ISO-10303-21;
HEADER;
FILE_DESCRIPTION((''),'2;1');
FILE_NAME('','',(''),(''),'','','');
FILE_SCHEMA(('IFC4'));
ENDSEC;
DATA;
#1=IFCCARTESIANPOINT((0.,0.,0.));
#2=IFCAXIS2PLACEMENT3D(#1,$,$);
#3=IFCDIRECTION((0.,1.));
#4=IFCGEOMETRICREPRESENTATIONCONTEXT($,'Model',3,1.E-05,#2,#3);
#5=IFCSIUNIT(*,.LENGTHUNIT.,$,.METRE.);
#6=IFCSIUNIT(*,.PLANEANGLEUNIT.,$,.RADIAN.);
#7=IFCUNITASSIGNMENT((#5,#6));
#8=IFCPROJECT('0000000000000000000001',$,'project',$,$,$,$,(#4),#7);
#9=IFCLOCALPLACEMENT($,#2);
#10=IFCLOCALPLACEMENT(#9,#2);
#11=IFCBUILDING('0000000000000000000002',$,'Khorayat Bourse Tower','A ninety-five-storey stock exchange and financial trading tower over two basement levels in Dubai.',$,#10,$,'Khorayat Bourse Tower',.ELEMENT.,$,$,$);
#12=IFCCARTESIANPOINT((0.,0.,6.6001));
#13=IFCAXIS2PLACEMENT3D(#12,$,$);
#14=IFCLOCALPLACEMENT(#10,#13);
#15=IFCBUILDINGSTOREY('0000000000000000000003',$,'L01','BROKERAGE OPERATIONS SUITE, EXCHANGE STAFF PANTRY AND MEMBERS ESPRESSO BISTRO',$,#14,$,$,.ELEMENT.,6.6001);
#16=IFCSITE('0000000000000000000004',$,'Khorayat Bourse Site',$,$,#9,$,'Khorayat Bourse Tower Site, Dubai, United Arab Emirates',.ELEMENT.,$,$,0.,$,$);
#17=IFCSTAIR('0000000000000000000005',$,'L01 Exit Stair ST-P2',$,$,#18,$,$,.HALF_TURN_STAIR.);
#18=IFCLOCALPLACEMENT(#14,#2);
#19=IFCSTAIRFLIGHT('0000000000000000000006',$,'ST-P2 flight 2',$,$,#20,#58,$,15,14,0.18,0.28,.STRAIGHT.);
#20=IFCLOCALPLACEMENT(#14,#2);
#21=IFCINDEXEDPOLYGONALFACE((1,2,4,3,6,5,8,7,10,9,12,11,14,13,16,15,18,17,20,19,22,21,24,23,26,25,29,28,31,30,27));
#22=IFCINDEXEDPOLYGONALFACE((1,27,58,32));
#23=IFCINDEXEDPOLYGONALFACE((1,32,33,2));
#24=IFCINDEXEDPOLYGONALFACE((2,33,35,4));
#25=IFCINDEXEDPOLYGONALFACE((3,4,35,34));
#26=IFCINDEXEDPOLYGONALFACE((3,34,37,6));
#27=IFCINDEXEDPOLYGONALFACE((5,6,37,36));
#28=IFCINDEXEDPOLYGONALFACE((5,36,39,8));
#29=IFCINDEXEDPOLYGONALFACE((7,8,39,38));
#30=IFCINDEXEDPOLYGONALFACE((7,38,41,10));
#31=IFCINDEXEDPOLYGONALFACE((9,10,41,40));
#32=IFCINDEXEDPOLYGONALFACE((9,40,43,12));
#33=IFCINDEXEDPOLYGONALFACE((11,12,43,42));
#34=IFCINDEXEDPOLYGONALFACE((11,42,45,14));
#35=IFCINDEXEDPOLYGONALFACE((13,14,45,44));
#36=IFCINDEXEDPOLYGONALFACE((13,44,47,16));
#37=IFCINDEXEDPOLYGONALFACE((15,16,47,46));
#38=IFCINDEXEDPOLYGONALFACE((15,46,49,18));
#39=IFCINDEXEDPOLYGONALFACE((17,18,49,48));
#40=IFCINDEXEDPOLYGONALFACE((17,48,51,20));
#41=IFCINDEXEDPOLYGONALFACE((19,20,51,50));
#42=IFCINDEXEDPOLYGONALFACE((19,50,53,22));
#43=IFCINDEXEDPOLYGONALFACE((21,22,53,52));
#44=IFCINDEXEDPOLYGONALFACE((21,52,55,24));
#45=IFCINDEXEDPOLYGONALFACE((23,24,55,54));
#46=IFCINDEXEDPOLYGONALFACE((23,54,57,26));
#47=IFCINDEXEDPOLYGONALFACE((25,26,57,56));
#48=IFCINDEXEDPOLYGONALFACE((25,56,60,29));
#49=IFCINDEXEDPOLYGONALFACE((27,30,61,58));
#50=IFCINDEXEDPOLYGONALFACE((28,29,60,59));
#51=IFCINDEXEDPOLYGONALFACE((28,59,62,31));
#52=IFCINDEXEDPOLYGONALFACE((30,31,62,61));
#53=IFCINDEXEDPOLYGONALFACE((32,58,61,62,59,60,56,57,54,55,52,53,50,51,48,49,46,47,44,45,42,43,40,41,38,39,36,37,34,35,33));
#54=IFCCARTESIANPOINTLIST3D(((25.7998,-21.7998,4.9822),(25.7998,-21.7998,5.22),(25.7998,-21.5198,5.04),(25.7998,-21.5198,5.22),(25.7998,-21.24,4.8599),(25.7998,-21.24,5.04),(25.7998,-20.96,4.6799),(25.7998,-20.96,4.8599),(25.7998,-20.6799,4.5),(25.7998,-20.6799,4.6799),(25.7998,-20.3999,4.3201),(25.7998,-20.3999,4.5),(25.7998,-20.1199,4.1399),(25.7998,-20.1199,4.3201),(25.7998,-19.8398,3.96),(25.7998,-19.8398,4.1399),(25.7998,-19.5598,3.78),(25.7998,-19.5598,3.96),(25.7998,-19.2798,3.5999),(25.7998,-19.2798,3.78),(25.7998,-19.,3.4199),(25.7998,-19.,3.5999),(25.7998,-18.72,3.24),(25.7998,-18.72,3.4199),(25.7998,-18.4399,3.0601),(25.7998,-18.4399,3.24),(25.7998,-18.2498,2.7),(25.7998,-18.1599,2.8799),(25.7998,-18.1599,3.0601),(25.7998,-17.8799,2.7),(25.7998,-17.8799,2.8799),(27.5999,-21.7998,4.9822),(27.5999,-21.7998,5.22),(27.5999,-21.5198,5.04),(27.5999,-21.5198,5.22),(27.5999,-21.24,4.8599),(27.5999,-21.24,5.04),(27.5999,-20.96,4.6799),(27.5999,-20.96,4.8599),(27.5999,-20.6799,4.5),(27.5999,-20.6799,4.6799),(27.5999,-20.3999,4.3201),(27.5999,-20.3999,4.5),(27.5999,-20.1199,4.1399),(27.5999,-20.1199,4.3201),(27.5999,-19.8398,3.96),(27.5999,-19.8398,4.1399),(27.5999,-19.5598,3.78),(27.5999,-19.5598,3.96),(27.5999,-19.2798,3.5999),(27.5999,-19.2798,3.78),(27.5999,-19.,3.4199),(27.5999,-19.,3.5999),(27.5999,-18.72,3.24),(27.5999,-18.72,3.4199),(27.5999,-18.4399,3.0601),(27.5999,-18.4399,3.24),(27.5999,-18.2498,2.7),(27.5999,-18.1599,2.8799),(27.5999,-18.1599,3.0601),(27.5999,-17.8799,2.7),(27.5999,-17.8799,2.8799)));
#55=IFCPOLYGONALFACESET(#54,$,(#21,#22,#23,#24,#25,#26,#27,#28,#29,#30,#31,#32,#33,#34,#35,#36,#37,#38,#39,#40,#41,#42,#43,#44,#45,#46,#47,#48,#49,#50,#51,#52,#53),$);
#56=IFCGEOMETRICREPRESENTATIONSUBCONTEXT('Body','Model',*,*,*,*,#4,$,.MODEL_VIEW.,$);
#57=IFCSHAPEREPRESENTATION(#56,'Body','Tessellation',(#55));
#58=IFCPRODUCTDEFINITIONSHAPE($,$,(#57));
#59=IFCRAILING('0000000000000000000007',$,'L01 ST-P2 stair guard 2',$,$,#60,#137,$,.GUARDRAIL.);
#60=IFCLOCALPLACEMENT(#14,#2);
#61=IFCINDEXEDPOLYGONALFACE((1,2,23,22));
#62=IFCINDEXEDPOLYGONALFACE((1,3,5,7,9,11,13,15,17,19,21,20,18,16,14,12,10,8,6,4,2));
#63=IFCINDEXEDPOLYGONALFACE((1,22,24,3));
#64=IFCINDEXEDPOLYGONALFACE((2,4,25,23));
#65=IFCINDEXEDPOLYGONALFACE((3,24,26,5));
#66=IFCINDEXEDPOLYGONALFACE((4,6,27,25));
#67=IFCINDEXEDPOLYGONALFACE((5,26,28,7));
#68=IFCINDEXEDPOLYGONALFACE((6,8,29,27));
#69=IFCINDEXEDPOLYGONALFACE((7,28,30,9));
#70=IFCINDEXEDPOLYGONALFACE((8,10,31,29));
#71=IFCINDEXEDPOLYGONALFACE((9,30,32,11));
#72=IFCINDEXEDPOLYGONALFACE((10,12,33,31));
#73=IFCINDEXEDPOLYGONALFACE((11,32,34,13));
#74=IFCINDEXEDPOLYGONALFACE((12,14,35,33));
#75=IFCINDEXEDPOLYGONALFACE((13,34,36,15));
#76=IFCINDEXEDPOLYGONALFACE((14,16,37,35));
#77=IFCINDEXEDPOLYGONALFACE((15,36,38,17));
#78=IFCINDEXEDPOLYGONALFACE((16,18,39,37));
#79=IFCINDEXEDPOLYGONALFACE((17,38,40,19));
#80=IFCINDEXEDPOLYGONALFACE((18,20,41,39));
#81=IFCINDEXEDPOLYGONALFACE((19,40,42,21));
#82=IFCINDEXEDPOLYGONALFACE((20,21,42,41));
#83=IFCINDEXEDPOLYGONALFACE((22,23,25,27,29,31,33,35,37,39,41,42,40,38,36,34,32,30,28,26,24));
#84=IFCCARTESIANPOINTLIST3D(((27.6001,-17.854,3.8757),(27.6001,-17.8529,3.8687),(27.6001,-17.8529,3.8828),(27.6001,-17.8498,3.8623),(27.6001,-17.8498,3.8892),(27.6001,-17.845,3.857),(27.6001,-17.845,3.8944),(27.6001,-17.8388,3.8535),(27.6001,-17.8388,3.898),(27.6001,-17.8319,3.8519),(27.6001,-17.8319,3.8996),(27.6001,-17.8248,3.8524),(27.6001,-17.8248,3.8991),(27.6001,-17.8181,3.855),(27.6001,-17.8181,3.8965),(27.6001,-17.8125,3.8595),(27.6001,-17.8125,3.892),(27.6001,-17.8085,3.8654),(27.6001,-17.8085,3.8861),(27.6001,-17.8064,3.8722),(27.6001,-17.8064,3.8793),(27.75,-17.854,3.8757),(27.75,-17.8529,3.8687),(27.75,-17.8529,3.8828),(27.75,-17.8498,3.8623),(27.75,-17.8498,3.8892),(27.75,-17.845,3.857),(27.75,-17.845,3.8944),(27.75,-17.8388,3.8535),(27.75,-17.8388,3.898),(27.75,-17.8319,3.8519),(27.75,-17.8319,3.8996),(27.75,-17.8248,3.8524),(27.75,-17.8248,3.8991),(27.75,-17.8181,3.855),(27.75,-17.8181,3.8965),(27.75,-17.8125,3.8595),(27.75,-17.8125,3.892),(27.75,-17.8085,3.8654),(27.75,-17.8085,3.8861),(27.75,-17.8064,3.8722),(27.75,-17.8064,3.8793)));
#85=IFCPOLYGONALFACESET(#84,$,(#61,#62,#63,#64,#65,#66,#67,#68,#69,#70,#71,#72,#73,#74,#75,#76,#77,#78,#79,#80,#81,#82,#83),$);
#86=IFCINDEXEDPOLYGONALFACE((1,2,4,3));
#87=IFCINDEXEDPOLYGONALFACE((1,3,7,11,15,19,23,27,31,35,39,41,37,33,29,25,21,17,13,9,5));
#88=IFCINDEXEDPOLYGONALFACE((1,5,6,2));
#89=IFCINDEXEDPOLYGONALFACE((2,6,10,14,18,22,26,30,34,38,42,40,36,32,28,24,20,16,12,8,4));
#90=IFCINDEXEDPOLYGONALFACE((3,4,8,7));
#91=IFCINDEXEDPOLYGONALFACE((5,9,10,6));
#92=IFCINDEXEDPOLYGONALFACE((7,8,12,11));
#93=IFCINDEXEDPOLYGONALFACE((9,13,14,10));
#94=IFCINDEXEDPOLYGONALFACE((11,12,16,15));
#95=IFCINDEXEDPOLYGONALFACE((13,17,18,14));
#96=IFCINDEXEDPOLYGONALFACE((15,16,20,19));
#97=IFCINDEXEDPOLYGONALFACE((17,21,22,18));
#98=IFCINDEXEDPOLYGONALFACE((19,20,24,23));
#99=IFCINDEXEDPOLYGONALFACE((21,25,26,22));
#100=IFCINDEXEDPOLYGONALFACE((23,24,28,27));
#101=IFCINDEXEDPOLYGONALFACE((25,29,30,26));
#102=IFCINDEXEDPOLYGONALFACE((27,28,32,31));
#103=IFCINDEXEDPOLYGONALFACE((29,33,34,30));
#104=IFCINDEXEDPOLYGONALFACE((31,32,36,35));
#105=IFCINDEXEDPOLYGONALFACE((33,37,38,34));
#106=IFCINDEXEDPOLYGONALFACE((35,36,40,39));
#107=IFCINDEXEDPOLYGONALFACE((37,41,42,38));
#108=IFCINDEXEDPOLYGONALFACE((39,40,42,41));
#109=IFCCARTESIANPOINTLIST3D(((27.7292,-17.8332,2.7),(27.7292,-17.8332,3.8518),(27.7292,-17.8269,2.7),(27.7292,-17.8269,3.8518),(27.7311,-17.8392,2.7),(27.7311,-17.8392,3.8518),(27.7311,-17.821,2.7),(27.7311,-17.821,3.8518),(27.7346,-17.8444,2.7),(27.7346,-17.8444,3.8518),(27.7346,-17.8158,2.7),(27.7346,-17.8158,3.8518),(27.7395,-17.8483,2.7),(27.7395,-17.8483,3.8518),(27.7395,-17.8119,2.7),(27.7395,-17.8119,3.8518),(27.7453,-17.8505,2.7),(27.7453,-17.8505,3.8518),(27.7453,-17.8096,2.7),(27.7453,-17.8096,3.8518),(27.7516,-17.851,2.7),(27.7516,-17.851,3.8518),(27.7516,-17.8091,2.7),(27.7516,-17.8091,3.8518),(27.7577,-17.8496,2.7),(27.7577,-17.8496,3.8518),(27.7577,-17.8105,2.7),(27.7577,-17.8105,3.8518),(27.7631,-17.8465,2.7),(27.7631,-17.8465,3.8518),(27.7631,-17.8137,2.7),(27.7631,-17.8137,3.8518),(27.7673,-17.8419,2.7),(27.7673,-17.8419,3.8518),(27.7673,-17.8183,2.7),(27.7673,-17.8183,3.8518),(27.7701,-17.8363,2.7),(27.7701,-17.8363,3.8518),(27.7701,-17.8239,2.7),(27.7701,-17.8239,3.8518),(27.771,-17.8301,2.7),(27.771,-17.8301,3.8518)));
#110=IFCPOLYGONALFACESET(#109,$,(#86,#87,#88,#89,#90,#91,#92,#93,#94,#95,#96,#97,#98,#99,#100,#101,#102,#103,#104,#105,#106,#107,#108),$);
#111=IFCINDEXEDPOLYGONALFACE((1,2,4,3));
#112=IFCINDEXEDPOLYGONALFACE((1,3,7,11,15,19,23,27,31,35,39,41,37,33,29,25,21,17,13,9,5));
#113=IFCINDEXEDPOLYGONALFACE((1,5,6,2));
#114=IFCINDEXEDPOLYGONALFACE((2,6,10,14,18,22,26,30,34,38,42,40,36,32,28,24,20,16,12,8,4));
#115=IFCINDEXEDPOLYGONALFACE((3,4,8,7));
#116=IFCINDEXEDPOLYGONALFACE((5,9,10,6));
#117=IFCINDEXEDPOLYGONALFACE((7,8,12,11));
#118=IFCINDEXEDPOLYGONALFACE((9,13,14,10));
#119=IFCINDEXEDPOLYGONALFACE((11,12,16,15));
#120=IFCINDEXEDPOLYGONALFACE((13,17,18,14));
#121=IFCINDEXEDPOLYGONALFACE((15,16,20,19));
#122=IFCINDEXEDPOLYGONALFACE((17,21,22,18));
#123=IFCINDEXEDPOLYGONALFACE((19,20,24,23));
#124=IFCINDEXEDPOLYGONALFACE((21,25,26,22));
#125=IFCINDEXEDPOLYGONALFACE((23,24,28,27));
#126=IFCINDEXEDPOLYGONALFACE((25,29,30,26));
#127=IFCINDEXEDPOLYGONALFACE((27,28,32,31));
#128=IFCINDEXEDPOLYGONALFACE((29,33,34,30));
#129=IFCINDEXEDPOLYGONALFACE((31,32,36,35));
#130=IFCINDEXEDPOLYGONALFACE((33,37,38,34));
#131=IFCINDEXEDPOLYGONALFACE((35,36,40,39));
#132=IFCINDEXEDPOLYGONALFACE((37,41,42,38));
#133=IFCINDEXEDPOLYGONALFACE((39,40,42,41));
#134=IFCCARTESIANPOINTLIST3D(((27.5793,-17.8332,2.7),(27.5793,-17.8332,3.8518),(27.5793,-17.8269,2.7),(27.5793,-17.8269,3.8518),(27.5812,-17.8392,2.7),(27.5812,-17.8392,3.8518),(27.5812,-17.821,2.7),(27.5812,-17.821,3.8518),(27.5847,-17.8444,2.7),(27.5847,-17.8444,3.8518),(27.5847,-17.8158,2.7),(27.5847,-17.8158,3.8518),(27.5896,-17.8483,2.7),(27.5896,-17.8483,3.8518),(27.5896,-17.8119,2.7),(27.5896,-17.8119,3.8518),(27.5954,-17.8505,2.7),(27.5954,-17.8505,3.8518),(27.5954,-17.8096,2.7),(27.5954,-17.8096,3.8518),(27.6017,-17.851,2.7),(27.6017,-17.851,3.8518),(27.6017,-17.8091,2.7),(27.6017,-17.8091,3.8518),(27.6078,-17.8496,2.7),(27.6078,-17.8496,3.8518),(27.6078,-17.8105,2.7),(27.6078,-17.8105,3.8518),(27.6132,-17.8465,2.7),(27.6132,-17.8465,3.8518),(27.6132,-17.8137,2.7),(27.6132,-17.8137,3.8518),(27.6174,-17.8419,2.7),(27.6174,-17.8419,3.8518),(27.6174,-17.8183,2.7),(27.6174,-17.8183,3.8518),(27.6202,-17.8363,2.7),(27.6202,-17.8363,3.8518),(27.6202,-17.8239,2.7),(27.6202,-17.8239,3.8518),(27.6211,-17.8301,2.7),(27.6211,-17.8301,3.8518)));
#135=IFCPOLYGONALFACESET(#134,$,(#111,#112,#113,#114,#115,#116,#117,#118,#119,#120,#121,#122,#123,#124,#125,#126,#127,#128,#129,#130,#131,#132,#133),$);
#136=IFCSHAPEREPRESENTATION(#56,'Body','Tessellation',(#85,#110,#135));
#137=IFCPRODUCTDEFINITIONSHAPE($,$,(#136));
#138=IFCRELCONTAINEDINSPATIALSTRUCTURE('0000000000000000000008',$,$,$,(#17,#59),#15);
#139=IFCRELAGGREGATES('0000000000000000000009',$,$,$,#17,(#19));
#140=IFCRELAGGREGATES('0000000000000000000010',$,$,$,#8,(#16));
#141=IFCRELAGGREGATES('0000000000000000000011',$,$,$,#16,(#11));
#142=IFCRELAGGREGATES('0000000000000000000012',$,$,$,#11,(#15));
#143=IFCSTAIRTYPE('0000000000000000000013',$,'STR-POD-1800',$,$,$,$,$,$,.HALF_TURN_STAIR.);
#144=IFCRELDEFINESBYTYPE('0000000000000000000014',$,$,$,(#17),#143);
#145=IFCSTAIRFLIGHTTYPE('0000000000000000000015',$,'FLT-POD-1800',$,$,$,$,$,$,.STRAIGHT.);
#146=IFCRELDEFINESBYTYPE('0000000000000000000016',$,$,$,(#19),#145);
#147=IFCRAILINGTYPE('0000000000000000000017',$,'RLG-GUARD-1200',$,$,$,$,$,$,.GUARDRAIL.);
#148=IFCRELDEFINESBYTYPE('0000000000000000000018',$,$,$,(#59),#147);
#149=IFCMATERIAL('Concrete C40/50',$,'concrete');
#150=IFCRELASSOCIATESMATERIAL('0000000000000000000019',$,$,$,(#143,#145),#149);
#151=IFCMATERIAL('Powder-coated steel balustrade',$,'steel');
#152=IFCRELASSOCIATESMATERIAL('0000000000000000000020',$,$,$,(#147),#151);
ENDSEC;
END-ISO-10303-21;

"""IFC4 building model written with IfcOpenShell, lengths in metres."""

from ifc_helpers import new_model, si_unit, direction, frame, origin, origin_2d, place, context, subcontext, project, spatial, polyline, circle, outline, extrude, source, transform, mapped, material, type_object, element, aggregate, save


model = new_model("IFC4")

# Units and contexts
model_context = context("Model", 3, precision=1e-05, world=origin(), true_north=direction((0.0, 1.0)))
body_context = subcontext(model_context, "Body", "Model", "MODEL_VIEW")
ifc_project = project(units=[si_unit("LENGTHUNIT", "METRE"), si_unit("PLANEANGLEUNIT", "RADIAN")], contexts=[model_context])

# Site, building, storey
site_placement = place(None, origin())
site = spatial("IfcSite", under=ifc_project, at=site_placement, Name="Khorayat Bourse Site", LongName="Khorayat Bourse Tower Site, Dubai, United Arab Emirates", CompositionType="ELEMENT", RefElevation=0.0)
building_placement = place(site_placement, origin())
building = spatial("IfcBuilding", under=site, at=building_placement, Name="Khorayat Bourse Tower", Description="A ninety-five-storey stock exchange and financial trading tower over two basement levels in Dubai.", LongName="Khorayat Bourse Tower", CompositionType="ELEMENT")
storey_placement = place(building_placement, frame((0.0, 0.0, 6.6001)))
storey = spatial("IfcBuildingStorey", under=building, at=storey_placement, Name="L01", Description="BROKERAGE OPERATIONS SUITE, EXCHANGE STAFF PANTRY AND MEMBERS ESPRESSO BISTRO", CompositionType="ELEMENT", Elevation=6.6001)

# Stair, stair flight
ifc_material_1 = material(Name="Concrete C40/50", Category="concrete")
stair_type = type_object("IfcStairType", Name="STR-POD-1800", PredefinedType="HALF_TURN_STAIR", material=ifc_material_1)
stair_placement = place(storey_placement, origin())
stair = element("IfcStair", 1, at=stair_placement, inside=storey, type_object=stair_type, Name="L01 Exit Stair ST-P2", PredefinedType="HALF_TURN_STAIR")
stair_flight_type = type_object("IfcStairFlightType", Name="FLT-POD-1800", PredefinedType="STRAIGHT", material=ifc_material_1)
shared_shape_1 = source(origin(), body_context, "Body", "SweptSolid", [
    extrude(outline(polyline([(0.0, 0.0), (0.0, 0.1799), (0.28, 0.1799), (0.28, 0.3601), (0.5601, 0.3601), (0.5601, 0.54), (0.8401, 0.54), (0.8401, 0.72), (1.1201, 0.72), (1.1201, 0.8999), (1.3999, 0.8999), (1.3999, 1.0801), (1.6799, 1.0801), (1.6799, 1.26), (1.96, 1.26), (1.96, 1.4399), (2.24, 1.4399), (2.24, 1.6201), (2.52, 1.6201), (2.52, 1.8), (2.8, 1.8), (2.8, 1.98), (3.0801, 1.98), (3.0801, 2.1599), (3.3601, 2.1599), (3.3601, 2.3401), (3.6399, 2.3401), (3.6399, 2.52), (3.9199, 2.52), (3.9199, 2.7), (3.9199, 2.2822), (0.3699, 0.0), (0.0, 0.0)])), frame((0.0, 0.8999, 0.0), z_axis=(0.0, -1.0, 0.0), x_axis=(1.0, 0.0, 0.0)), (0.0, 0.0, 1.0), 1.8),
])
stair_flight_placement = place(storey_placement, frame((26.7, -17.8799, 2.7), z_axis=(0.0, 0.0, 1.0), x_axis=(0.0, -1.0, 0.0)))
stair_flight = element("IfcStairFlight", 2, at=stair_flight_placement, type_object=stair_flight_type, Name="ST-P2 flight 2", NumberOfRisers=15, NumberOfTreads=14, PredefinedType="STRAIGHT", RiserHeight=0.18, TreadLength=0.28, context=body_context, shape_type="MappedRepresentation", body=[
    mapped(shared_shape_1, transform((0.0, 0.0, 0.0), scale=1.0)),
])
aggregate(stair, [stair_flight])

# Railing
ifc_material_2 = material(Name="Powder-coated steel balustrade", Category="steel")
railing_type_1 = type_object("IfcRailingType", Name="RLG-GUARD-1200", PredefinedType="GUARDRAIL", material=ifc_material_2)
shared_shape_2 = source(origin(), body_context, "Body", "SweptSolid", [
    extrude(circle(Radius=0.0239, at=origin_2d()), frame((0.0, 0.0, 1.1758), z_axis=(-1.0, 0.0, 0.0), x_axis=(0.0, -1.0, 0.0)), (0.0, 0.0, 1.0), 0.1499),
    extrude(circle(Radius=0.021, at=origin_2d()), origin(), (0.0, 0.0, 1.0), 1.1519),
    extrude(circle(Radius=0.021, at=origin_2d()), frame((-0.1499, 0.0, 0.0)), (0.0, 0.0, 1.0), 1.1519),
])
railing_1_placement = place(storey_placement, frame((27.75, -17.8301, 2.7)))
element("IfcRailing", 3, at=railing_1_placement, inside=storey, type_object=railing_type_1, Name="L01 ST-P2 stair guard 2", PredefinedType="GUARDRAIL", context=body_context, shape_type="MappedRepresentation", body=[
    mapped(shared_shape_2, transform((0.0, 0.0, 0.0), scale=1.0)),
])

save(model, "model.ifc")
